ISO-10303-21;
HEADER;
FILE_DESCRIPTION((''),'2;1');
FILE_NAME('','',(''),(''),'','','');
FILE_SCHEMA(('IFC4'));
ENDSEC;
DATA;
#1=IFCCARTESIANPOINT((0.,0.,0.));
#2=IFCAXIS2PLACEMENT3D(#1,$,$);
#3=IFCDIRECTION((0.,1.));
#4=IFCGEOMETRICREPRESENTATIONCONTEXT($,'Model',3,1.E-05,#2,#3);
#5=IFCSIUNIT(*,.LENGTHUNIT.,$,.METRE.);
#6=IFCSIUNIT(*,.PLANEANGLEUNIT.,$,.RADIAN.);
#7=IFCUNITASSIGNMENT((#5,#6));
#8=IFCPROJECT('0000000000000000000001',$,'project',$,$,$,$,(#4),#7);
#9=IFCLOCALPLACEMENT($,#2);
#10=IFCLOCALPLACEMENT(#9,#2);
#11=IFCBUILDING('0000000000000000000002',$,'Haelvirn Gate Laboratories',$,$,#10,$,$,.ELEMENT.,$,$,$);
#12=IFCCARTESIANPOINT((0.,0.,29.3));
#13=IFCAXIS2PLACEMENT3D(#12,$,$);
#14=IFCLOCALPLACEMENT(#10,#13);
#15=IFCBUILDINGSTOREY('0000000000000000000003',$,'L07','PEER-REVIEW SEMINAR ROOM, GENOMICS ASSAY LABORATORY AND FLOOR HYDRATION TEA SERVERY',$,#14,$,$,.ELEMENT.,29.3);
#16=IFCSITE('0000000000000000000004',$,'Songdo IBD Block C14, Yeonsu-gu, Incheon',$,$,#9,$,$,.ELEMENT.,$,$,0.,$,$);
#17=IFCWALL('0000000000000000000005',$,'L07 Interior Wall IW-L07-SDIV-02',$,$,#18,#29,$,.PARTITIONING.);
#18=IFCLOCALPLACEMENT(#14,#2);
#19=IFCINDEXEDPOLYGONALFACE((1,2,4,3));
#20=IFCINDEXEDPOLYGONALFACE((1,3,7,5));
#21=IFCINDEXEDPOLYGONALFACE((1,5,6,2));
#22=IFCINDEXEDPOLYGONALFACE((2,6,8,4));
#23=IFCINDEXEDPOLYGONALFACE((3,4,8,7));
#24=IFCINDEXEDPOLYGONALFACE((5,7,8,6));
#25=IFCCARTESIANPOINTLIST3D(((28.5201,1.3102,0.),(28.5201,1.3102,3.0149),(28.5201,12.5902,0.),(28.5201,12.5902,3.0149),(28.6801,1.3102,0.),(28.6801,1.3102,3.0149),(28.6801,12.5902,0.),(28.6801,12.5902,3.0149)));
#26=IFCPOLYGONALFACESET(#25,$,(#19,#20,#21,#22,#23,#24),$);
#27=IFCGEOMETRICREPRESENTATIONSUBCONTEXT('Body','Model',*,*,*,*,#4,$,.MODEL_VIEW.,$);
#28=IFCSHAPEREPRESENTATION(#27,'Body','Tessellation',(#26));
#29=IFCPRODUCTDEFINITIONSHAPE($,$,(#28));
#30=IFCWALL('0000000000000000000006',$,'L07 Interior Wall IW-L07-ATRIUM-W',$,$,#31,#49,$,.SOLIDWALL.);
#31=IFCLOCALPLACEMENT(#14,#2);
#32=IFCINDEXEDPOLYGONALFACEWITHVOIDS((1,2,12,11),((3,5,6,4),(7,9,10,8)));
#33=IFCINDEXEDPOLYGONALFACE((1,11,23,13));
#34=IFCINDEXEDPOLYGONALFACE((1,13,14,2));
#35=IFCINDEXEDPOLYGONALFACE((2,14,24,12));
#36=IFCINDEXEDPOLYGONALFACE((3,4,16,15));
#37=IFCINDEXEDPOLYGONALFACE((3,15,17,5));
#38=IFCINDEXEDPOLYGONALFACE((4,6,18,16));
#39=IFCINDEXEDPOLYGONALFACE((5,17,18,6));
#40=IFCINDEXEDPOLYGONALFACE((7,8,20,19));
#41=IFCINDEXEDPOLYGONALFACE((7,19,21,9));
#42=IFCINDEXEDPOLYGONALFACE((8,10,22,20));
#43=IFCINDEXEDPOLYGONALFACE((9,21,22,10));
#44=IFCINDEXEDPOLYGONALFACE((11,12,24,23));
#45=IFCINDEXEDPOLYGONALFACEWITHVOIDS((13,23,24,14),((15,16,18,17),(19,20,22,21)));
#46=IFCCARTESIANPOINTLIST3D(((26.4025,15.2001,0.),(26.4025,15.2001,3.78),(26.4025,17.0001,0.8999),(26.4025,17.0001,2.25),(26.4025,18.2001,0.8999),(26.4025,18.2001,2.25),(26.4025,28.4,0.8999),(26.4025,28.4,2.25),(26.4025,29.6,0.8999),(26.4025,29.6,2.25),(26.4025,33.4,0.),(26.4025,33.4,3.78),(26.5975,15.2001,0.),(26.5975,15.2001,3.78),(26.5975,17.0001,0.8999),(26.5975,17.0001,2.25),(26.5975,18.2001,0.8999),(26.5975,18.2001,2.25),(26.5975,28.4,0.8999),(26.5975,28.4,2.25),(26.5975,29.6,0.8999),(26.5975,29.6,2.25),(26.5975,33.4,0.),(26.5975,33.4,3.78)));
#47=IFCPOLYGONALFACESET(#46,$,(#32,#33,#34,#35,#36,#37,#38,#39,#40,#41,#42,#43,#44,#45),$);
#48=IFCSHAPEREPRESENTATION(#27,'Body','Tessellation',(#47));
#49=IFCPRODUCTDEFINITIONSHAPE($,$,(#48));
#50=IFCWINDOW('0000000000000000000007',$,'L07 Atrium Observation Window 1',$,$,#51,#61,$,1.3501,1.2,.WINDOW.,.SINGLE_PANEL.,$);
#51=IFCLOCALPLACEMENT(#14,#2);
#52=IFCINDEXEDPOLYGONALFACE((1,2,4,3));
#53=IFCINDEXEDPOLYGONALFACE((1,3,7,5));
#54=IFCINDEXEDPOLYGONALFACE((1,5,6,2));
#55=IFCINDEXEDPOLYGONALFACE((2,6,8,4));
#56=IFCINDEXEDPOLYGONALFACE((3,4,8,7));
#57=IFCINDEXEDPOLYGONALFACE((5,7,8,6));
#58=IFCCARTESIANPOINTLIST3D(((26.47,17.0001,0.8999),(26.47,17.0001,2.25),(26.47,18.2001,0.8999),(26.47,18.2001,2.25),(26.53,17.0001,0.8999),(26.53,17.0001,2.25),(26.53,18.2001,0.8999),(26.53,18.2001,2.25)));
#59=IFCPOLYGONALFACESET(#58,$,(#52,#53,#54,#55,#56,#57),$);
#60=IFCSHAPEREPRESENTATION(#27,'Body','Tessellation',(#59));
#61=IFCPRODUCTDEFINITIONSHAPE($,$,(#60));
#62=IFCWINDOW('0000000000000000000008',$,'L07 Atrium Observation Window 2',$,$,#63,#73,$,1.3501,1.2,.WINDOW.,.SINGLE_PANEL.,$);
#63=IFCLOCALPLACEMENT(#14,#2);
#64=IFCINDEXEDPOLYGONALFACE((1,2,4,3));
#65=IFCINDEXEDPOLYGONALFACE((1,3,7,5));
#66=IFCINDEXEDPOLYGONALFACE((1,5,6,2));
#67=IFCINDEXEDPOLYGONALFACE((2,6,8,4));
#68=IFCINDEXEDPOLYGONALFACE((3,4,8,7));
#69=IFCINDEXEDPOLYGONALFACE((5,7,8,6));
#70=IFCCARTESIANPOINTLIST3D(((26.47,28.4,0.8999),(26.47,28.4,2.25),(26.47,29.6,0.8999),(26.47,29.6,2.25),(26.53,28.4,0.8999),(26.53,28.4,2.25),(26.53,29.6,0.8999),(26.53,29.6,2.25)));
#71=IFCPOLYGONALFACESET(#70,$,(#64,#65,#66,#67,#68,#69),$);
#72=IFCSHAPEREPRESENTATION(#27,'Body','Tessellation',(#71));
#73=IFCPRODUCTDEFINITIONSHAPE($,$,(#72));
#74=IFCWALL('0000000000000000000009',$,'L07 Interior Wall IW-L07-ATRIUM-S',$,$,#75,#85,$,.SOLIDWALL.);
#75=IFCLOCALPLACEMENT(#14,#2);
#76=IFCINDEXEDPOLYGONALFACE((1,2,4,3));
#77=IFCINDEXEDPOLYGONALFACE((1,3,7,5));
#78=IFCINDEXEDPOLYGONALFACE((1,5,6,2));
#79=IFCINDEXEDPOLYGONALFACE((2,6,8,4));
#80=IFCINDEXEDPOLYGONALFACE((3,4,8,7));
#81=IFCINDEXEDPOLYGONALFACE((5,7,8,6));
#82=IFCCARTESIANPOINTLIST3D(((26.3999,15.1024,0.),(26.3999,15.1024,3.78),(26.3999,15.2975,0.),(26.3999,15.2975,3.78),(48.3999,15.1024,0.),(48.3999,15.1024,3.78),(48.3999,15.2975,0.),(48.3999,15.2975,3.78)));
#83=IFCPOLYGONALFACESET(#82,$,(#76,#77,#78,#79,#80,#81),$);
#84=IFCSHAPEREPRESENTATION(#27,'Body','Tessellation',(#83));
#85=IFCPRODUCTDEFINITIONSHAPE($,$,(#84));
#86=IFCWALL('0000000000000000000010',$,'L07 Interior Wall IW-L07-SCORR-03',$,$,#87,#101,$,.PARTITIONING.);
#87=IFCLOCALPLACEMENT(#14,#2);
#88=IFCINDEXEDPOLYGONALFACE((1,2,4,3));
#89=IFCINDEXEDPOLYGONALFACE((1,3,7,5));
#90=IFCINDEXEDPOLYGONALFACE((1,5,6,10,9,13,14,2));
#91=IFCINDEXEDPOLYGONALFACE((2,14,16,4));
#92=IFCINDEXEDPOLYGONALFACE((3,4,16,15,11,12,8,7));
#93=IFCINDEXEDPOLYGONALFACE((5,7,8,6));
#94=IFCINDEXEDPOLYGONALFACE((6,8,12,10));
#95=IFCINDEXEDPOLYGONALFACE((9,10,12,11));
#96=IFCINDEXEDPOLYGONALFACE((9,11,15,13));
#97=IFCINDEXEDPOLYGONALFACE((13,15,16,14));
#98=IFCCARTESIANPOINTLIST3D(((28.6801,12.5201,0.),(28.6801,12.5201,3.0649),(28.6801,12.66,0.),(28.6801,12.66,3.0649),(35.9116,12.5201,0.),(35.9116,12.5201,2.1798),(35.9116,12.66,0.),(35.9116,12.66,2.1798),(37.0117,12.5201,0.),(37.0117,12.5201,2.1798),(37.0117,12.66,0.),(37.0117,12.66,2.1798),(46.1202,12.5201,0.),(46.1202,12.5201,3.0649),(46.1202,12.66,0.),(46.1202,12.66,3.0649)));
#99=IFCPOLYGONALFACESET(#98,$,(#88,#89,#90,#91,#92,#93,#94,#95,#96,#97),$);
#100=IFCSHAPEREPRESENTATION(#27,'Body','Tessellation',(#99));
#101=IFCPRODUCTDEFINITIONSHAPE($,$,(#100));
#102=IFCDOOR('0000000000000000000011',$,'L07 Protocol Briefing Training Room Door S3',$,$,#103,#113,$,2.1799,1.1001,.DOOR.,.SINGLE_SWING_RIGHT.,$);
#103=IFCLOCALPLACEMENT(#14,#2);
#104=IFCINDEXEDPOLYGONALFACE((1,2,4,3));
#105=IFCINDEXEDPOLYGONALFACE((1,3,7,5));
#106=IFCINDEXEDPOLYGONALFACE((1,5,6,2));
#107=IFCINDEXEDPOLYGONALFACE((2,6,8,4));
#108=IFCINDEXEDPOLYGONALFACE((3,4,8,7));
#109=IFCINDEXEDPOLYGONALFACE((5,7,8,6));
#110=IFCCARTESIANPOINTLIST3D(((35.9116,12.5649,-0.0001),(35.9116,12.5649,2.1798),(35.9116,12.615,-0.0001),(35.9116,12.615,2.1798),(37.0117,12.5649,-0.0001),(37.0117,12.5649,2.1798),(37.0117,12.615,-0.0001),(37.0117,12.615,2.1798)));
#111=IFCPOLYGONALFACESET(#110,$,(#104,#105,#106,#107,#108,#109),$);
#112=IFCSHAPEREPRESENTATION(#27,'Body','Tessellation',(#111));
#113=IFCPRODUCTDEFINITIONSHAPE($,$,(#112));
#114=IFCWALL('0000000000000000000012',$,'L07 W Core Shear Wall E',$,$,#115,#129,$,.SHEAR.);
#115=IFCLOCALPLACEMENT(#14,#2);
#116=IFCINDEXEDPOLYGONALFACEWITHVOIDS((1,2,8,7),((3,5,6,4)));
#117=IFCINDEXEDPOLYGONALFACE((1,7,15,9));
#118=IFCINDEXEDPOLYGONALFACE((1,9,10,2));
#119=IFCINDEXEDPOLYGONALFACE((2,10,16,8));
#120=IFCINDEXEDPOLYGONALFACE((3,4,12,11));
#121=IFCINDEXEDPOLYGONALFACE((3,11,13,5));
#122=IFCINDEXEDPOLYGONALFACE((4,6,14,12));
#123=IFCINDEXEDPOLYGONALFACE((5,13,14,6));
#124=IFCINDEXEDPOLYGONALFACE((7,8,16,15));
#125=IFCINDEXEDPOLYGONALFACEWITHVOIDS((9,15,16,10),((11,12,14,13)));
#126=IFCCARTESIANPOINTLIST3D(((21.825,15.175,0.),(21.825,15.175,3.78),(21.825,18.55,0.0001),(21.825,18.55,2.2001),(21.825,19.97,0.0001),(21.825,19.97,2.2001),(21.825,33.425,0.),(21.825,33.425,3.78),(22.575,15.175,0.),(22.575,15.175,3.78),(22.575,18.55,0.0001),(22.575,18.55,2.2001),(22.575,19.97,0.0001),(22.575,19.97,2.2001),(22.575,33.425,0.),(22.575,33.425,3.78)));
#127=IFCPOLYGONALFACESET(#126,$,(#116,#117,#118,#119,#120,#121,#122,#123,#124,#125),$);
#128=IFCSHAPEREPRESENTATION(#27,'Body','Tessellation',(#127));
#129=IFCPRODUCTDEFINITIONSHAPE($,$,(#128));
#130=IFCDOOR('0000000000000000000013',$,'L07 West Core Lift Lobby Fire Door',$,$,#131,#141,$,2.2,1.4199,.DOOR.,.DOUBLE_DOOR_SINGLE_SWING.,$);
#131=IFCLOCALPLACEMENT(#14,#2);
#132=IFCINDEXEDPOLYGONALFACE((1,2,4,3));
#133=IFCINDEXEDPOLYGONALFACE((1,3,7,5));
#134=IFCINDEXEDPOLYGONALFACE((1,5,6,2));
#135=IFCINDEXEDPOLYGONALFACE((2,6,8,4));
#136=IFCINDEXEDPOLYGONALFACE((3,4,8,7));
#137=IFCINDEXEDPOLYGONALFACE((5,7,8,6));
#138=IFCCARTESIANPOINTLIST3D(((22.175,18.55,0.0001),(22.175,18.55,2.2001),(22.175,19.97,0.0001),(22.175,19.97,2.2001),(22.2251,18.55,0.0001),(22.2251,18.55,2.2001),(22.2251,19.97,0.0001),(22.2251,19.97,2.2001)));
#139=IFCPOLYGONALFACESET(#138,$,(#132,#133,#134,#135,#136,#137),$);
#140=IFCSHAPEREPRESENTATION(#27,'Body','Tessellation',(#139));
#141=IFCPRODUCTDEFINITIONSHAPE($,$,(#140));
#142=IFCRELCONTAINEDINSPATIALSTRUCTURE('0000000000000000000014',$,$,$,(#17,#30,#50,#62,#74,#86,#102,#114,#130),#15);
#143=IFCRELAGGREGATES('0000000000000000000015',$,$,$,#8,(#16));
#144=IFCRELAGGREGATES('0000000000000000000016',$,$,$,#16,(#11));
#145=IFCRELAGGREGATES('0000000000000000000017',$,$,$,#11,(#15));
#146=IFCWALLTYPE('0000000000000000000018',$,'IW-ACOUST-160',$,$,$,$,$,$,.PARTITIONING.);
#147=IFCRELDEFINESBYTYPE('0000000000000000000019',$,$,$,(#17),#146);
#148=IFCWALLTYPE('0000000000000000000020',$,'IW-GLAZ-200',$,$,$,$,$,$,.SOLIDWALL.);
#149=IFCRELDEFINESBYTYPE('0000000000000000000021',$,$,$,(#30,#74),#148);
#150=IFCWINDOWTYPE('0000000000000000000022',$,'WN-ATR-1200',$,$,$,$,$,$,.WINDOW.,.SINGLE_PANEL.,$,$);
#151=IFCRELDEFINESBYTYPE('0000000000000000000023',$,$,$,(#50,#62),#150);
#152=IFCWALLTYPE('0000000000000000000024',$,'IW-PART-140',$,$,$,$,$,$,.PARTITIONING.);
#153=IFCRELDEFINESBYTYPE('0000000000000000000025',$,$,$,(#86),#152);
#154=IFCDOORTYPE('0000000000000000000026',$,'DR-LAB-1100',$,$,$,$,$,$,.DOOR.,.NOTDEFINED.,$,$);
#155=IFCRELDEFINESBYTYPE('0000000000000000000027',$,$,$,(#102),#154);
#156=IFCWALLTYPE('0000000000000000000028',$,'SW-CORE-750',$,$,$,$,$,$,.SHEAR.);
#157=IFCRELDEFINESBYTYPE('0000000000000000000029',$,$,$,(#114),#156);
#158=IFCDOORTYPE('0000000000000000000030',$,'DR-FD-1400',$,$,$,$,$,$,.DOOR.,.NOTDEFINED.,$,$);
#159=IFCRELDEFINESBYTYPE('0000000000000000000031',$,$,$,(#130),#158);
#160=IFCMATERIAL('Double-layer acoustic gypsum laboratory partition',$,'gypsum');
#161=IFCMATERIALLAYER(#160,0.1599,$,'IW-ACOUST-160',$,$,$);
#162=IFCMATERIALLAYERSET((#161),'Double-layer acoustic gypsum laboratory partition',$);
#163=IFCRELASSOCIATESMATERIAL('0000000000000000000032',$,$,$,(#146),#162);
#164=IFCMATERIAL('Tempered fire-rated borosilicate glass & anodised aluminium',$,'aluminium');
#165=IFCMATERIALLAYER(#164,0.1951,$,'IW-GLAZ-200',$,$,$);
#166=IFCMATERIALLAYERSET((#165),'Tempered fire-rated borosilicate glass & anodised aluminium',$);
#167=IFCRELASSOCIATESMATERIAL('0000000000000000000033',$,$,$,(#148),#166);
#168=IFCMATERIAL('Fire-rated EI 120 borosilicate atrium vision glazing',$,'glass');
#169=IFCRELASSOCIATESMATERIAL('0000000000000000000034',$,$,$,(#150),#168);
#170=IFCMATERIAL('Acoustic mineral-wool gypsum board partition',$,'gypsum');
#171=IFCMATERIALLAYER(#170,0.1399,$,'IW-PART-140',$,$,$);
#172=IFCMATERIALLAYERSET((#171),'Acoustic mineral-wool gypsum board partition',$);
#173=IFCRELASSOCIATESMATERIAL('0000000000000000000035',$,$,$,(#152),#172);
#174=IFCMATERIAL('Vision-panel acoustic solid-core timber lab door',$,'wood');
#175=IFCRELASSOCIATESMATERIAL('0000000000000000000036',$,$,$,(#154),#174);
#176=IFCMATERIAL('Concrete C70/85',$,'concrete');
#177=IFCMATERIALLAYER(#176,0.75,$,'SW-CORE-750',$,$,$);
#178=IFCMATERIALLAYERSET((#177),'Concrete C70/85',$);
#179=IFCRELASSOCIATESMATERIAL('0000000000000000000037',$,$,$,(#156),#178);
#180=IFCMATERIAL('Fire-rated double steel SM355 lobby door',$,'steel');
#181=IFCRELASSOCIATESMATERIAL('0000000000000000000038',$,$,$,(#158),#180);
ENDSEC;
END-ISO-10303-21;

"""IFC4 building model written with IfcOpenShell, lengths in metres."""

from ifc_helpers import new_model, si_unit, direction, frame, frame_2d, origin, place, context, subcontext, project, spatial, rectangle, extrude, source, transform, mapped, material, layer, layer_set, type_object, type_shapes, element, fill, save


model = new_model("IFC4")

# Units and contexts
model_context = context("Model", 3, precision=1e-05, world=origin(), true_north=direction((0.0, 1.0)))
body_context = subcontext(model_context, "Body", "Model", "MODEL_VIEW")
ifc_project = project(units=[si_unit("LENGTHUNIT", "METRE"), si_unit("PLANEANGLEUNIT", "RADIAN")], contexts=[model_context])

# Site, building, storey
site_placement = place(None, origin())
site = spatial("IfcSite", under=ifc_project, at=site_placement, Name="Songdo IBD Block C14, Yeonsu-gu, Incheon", CompositionType="ELEMENT", RefElevation=0.0)
building_placement = place(site_placement, origin())
building = spatial("IfcBuilding", under=site, at=building_placement, Name="Haelvirn Gate Laboratories", CompositionType="ELEMENT")
storey_placement = place(building_placement, frame((0.0, 0.0, 29.3)))
storey = spatial("IfcBuildingStorey", under=building, at=storey_placement, Name="L07", Description="PEER-REVIEW SEMINAR ROOM, GENOMICS ASSAY LABORATORY AND FLOOR HYDRATION TEA SERVERY", CompositionType="ELEMENT", Elevation=29.3)

# Wall
ifc_material_1 = material(Name="Double-layer acoustic gypsum laboratory partition", Category="gypsum")
ifc_layer_1 = layer(ifc_material_1, 0.1599, Name="IW-ACOUST-160")
ifc_layer_set_1 = layer_set([ifc_layer_1], Name="Double-layer acoustic gypsum laboratory partition")
wall_type_1 = type_object("IfcWallType", Name="IW-ACOUST-160", PredefinedType="PARTITIONING", material=ifc_layer_set_1)
wall_1_placement = place(storey_placement, frame((28.6001, 1.3101, 0.0), z_axis=(0.0, 0.0, 1.0), x_axis=(0.0, 1.0, 0.0)))
element("IfcWall", 1, at=wall_1_placement, inside=storey, type_object=wall_type_1, Name="L07 Interior Wall IW-L07-SDIV-02", PredefinedType="PARTITIONING", context=body_context, shape_type="SweptSolid", body=[
    extrude(rectangle(XDim=11.28, YDim=0.1599, at=frame_2d((5.6401, 0.0))), origin(), (0.0, 0.0, 1.0), 3.0149),
])

# Wall, openings, windows
ifc_material_2 = material(Name="Tempered fire-rated borosilicate glass & anodised aluminium", Category="aluminium")
ifc_layer_2 = layer(ifc_material_2, 0.1951, Name="IW-GLAZ-200")
ifc_layer_set_2 = layer_set([ifc_layer_2], Name="Tempered fire-rated borosilicate glass & anodised aluminium")
wall_type_2 = type_object("IfcWallType", Name="IW-GLAZ-200", PredefinedType="SOLIDWALL", material=ifc_layer_set_2)
wall_2_placement = place(storey_placement, frame((26.5, 15.2, 0.0), z_axis=(0.0, 0.0, 1.0), x_axis=(0.0, 1.0, 0.0)))
wall_2 = element("IfcWall", 2, at=wall_2_placement, inside=storey, type_object=wall_type_2, Name="L07 Interior Wall IW-L07-ATRIUM-W", PredefinedType="SOLIDWALL", context=body_context, shape_type="SweptSolid", body=[
    extrude(rectangle(XDim=18.2, YDim=0.1951, at=frame_2d((9.1001, 0.0))), origin(), (0.0, 0.0, 1.0), 3.78),
])
opening_1_placement = place(wall_2_placement, frame((1.8, 0.0, 0.8999)))
opening_1 = element("IfcOpeningElement", 3, at=opening_1_placement, cuts=wall_2, PredefinedType="OPENING", context=body_context, shape_type="SweptSolid", body=[
    extrude(rectangle(XDim=1.2, YDim=1.3501, at=frame_2d((0.6001, 0.675))), frame((0.0, 0.1074, 0.0), z_axis=(0.0, -1.0, 0.0), x_axis=(1.0, 0.0, 0.0)), (0.0, 0.0, 1.0), 0.2151),
])
opening_2_placement = place(wall_2_placement, frame((13.2, 0.0, 0.8999)))
opening_2 = element("IfcOpeningElement", 4, at=opening_2_placement, cuts=wall_2, PredefinedType="OPENING", context=body_context, shape_type="SweptSolid", body=[
    extrude(rectangle(XDim=1.2, YDim=1.3501, at=frame_2d((0.6001, 0.675))), frame((0.0, 0.1074, 0.0), z_axis=(0.0, -1.0, 0.0), x_axis=(1.0, 0.0, 0.0)), (0.0, 0.0, 1.0), 0.2151),
])
ifc_material_3 = material(Name="Fire-rated EI 120 borosilicate atrium vision glazing", Category="glass")
window_type = type_object("IfcWindowType", Name="WN-ATR-1200", PartitioningType="SINGLE_PANEL", PredefinedType="WINDOW", material=ifc_material_3)
shared_shape_1 = source(origin(), body_context, "Body", "SweptSolid", [
    extrude(rectangle(XDim=1.2, YDim=1.3501, at=frame_2d((0.6001, 0.675))), frame((0.0, 0.03, 0.0), z_axis=(0.0, -1.0, 0.0), x_axis=(1.0, 0.0, 0.0)), (0.0, 0.0, 1.0), 0.0601),
])
type_shapes(window_type, [shared_shape_1])
window_1_placement = place(opening_1_placement, origin())
window_1 = element("IfcWindow", 5, at=window_1_placement, inside=storey, type_object=window_type, Name="L07 Atrium Observation Window 1", OverallHeight=1.3501, OverallWidth=1.2, PartitioningType="SINGLE_PANEL", PredefinedType="WINDOW", context=body_context, shape_type="MappedRepresentation", body=[
    mapped(shared_shape_1, transform((0.0, 0.0, 0.0), scale=1.0)),
])
fill(opening_1, window_1)
window_2_placement = place(opening_2_placement, origin())
window_2 = element("IfcWindow", 6, at=window_2_placement, inside=storey, type_object=window_type, Name="L07 Atrium Observation Window 2", OverallHeight=1.3501, OverallWidth=1.2, PartitioningType="SINGLE_PANEL", PredefinedType="WINDOW", context=body_context, shape_type="MappedRepresentation", body=[
    mapped(shared_shape_1, transform((0.0, 0.0, 0.0), scale=1.0)),
])
fill(opening_2, window_2)

# Wall
wall_3_placement = place(storey_placement, frame((26.3999, 15.2, 0.0), z_axis=(0.0, 0.0, 1.0), x_axis=(1.0, 0.0, 0.0)))
element("IfcWall", 7, at=wall_3_placement, inside=storey, type_object=wall_type_2, Name="L07 Interior Wall IW-L07-ATRIUM-S", PredefinedType="SOLIDWALL", context=body_context, shape_type="SweptSolid", body=[
    extrude(rectangle(XDim=22.0, YDim=0.1951, at=frame_2d((11.0, 0.0))), origin(), (0.0, 0.0, 1.0), 3.78),
])

# Walls, openings, doors
ifc_material_4 = material(Name="Acoustic mineral-wool gypsum board partition", Category="gypsum")
ifc_layer_3 = layer(ifc_material_4, 0.1399, Name="IW-PART-140")
ifc_layer_set_3 = layer_set([ifc_layer_3], Name="Acoustic mineral-wool gypsum board partition")
wall_type_3 = type_object("IfcWallType", Name="IW-PART-140", PredefinedType="PARTITIONING", material=ifc_layer_set_3)
wall_4_placement = place(storey_placement, frame((28.6799, 12.5901, 0.0), z_axis=(0.0, 0.0, 1.0), x_axis=(1.0, 0.0, 0.0)))
wall_4 = element("IfcWall", 8, at=wall_4_placement, inside=storey, type_object=wall_type_3, Name="L07 Interior Wall IW-L07-SCORR-03", PredefinedType="PARTITIONING", context=body_context, shape_type="SweptSolid", body=[
    extrude(rectangle(XDim=17.4402, YDim=0.1399, at=frame_2d((8.7202, 0.0))), origin(), (0.0, 0.0, 1.0), 3.0649),
])
opening_3_placement = place(wall_4_placement, frame((7.2317, 0.0, 0.0)))
opening_3 = element("IfcOpeningElement", 9, at=opening_3_placement, cuts=wall_4, PredefinedType="OPENING", context=body_context, shape_type="SweptSolid", body=[
    extrude(rectangle(XDim=1.1001, YDim=2.1799, at=frame_2d((0.55, 1.0898))), frame((0.0, 0.0801, 0.0), z_axis=(0.0, -1.0, 0.0), x_axis=(1.0, 0.0, 0.0)), (0.0, 0.0, 1.0), 0.1599),
])
ifc_material_5 = material(Name="Vision-panel acoustic solid-core timber lab door", Category="wood")
door_type_1 = type_object("IfcDoorType", Name="DR-LAB-1100", OperationType="NOTDEFINED", PredefinedType="DOOR", material=ifc_material_5)
shared_shape_2 = source(origin(), body_context, "Body", "SweptSolid", [
    extrude(rectangle(XDim=1.1001, YDim=2.1799, at=frame_2d((0.55, 1.0898))), frame((0.0, 0.0249, 0.0), z_axis=(0.0, -1.0, 0.0), x_axis=(1.0, 0.0, 0.0)), (0.0, 0.0, 1.0), 0.05),
])
type_shapes(door_type_1, [shared_shape_2])
door_1_placement = place(opening_3_placement, origin())
door_1 = element("IfcDoor", 10, at=door_1_placement, inside=storey, type_object=door_type_1, Name="L07 Protocol Briefing Training Room Door S3", OperationType="SINGLE_SWING_RIGHT", OverallHeight=2.1799, OverallWidth=1.1001, PredefinedType="DOOR", context=body_context, shape_type="MappedRepresentation", body=[
    mapped(shared_shape_2, transform((0.0, 0.0, 0.0), scale=1.0)),
])
fill(opening_3, door_1)
ifc_material_6 = material(Name="Concrete C70/85", Category="concrete")
ifc_layer_4 = layer(ifc_material_6, 0.75, Name="SW-CORE-750")
ifc_layer_set_4 = layer_set([ifc_layer_4], Name="Concrete C70/85")
wall_type_4 = type_object("IfcWallType", Name="SW-CORE-750", PredefinedType="SHEAR", material=ifc_layer_set_4)
wall_5_placement = place(storey_placement, frame((22.2, 15.175, 0.0), z_axis=(0.0, 0.0, 1.0), x_axis=(0.0, 1.0, 0.0)))
wall_5 = element("IfcWall", 11, at=wall_5_placement, inside=storey, type_object=wall_type_4, Name="L07 W Core Shear Wall E", PredefinedType="SHEAR", context=body_context, shape_type="SweptSolid", body=[
    extrude(rectangle(XDim=18.25, YDim=0.75, at=frame_2d((9.125, 0.0))), origin(), (0.0, 0.0, 1.0), 3.78),
])
opening_4_placement = place(wall_5_placement, frame((3.375, 0.0, 0.0)))
opening_4 = element("IfcOpeningElement", 12, at=opening_4_placement, cuts=wall_5, PredefinedType="OPENING", context=body_context, shape_type="SweptSolid", body=[
    extrude(rectangle(XDim=1.4199, YDim=2.2, at=frame_2d((0.71, 1.1001))), frame((0.0, 0.385, 0.0), z_axis=(0.0, -1.0, 0.0), x_axis=(1.0, 0.0, 0.0)), (0.0, 0.0, 1.0), 0.77),
])
ifc_material_7 = material(Name="Fire-rated double steel SM355 lobby door", Category="steel")
door_type_2 = type_object("IfcDoorType", Name="DR-FD-1400", OperationType="NOTDEFINED", PredefinedType="DOOR", material=ifc_material_7)
shared_shape_3 = source(origin(), body_context, "Body", "SweptSolid", [
    extrude(rectangle(XDim=1.4199, YDim=2.2, at=frame_2d((0.71, 1.1001))), frame((0.0, 0.0249, 0.0), z_axis=(0.0, -1.0, 0.0), x_axis=(1.0, 0.0, 0.0)), (0.0, 0.0, 1.0), 0.05),
])
type_shapes(door_type_2, [shared_shape_3])
door_2_placement = place(opening_4_placement, origin())
door_2 = element("IfcDoor", 13, at=door_2_placement, inside=storey, type_object=door_type_2, Name="L07 West Core Lift Lobby Fire Door", OperationType="DOUBLE_DOOR_SINGLE_SWING", OverallHeight=2.2, OverallWidth=1.4199, PredefinedType="DOOR", context=body_context, shape_type="MappedRepresentation", body=[
    mapped(shared_shape_3, transform((0.0, 0.0, 0.0), scale=1.0)),
])
fill(opening_4, door_2)

save(model, "model.ifc")
